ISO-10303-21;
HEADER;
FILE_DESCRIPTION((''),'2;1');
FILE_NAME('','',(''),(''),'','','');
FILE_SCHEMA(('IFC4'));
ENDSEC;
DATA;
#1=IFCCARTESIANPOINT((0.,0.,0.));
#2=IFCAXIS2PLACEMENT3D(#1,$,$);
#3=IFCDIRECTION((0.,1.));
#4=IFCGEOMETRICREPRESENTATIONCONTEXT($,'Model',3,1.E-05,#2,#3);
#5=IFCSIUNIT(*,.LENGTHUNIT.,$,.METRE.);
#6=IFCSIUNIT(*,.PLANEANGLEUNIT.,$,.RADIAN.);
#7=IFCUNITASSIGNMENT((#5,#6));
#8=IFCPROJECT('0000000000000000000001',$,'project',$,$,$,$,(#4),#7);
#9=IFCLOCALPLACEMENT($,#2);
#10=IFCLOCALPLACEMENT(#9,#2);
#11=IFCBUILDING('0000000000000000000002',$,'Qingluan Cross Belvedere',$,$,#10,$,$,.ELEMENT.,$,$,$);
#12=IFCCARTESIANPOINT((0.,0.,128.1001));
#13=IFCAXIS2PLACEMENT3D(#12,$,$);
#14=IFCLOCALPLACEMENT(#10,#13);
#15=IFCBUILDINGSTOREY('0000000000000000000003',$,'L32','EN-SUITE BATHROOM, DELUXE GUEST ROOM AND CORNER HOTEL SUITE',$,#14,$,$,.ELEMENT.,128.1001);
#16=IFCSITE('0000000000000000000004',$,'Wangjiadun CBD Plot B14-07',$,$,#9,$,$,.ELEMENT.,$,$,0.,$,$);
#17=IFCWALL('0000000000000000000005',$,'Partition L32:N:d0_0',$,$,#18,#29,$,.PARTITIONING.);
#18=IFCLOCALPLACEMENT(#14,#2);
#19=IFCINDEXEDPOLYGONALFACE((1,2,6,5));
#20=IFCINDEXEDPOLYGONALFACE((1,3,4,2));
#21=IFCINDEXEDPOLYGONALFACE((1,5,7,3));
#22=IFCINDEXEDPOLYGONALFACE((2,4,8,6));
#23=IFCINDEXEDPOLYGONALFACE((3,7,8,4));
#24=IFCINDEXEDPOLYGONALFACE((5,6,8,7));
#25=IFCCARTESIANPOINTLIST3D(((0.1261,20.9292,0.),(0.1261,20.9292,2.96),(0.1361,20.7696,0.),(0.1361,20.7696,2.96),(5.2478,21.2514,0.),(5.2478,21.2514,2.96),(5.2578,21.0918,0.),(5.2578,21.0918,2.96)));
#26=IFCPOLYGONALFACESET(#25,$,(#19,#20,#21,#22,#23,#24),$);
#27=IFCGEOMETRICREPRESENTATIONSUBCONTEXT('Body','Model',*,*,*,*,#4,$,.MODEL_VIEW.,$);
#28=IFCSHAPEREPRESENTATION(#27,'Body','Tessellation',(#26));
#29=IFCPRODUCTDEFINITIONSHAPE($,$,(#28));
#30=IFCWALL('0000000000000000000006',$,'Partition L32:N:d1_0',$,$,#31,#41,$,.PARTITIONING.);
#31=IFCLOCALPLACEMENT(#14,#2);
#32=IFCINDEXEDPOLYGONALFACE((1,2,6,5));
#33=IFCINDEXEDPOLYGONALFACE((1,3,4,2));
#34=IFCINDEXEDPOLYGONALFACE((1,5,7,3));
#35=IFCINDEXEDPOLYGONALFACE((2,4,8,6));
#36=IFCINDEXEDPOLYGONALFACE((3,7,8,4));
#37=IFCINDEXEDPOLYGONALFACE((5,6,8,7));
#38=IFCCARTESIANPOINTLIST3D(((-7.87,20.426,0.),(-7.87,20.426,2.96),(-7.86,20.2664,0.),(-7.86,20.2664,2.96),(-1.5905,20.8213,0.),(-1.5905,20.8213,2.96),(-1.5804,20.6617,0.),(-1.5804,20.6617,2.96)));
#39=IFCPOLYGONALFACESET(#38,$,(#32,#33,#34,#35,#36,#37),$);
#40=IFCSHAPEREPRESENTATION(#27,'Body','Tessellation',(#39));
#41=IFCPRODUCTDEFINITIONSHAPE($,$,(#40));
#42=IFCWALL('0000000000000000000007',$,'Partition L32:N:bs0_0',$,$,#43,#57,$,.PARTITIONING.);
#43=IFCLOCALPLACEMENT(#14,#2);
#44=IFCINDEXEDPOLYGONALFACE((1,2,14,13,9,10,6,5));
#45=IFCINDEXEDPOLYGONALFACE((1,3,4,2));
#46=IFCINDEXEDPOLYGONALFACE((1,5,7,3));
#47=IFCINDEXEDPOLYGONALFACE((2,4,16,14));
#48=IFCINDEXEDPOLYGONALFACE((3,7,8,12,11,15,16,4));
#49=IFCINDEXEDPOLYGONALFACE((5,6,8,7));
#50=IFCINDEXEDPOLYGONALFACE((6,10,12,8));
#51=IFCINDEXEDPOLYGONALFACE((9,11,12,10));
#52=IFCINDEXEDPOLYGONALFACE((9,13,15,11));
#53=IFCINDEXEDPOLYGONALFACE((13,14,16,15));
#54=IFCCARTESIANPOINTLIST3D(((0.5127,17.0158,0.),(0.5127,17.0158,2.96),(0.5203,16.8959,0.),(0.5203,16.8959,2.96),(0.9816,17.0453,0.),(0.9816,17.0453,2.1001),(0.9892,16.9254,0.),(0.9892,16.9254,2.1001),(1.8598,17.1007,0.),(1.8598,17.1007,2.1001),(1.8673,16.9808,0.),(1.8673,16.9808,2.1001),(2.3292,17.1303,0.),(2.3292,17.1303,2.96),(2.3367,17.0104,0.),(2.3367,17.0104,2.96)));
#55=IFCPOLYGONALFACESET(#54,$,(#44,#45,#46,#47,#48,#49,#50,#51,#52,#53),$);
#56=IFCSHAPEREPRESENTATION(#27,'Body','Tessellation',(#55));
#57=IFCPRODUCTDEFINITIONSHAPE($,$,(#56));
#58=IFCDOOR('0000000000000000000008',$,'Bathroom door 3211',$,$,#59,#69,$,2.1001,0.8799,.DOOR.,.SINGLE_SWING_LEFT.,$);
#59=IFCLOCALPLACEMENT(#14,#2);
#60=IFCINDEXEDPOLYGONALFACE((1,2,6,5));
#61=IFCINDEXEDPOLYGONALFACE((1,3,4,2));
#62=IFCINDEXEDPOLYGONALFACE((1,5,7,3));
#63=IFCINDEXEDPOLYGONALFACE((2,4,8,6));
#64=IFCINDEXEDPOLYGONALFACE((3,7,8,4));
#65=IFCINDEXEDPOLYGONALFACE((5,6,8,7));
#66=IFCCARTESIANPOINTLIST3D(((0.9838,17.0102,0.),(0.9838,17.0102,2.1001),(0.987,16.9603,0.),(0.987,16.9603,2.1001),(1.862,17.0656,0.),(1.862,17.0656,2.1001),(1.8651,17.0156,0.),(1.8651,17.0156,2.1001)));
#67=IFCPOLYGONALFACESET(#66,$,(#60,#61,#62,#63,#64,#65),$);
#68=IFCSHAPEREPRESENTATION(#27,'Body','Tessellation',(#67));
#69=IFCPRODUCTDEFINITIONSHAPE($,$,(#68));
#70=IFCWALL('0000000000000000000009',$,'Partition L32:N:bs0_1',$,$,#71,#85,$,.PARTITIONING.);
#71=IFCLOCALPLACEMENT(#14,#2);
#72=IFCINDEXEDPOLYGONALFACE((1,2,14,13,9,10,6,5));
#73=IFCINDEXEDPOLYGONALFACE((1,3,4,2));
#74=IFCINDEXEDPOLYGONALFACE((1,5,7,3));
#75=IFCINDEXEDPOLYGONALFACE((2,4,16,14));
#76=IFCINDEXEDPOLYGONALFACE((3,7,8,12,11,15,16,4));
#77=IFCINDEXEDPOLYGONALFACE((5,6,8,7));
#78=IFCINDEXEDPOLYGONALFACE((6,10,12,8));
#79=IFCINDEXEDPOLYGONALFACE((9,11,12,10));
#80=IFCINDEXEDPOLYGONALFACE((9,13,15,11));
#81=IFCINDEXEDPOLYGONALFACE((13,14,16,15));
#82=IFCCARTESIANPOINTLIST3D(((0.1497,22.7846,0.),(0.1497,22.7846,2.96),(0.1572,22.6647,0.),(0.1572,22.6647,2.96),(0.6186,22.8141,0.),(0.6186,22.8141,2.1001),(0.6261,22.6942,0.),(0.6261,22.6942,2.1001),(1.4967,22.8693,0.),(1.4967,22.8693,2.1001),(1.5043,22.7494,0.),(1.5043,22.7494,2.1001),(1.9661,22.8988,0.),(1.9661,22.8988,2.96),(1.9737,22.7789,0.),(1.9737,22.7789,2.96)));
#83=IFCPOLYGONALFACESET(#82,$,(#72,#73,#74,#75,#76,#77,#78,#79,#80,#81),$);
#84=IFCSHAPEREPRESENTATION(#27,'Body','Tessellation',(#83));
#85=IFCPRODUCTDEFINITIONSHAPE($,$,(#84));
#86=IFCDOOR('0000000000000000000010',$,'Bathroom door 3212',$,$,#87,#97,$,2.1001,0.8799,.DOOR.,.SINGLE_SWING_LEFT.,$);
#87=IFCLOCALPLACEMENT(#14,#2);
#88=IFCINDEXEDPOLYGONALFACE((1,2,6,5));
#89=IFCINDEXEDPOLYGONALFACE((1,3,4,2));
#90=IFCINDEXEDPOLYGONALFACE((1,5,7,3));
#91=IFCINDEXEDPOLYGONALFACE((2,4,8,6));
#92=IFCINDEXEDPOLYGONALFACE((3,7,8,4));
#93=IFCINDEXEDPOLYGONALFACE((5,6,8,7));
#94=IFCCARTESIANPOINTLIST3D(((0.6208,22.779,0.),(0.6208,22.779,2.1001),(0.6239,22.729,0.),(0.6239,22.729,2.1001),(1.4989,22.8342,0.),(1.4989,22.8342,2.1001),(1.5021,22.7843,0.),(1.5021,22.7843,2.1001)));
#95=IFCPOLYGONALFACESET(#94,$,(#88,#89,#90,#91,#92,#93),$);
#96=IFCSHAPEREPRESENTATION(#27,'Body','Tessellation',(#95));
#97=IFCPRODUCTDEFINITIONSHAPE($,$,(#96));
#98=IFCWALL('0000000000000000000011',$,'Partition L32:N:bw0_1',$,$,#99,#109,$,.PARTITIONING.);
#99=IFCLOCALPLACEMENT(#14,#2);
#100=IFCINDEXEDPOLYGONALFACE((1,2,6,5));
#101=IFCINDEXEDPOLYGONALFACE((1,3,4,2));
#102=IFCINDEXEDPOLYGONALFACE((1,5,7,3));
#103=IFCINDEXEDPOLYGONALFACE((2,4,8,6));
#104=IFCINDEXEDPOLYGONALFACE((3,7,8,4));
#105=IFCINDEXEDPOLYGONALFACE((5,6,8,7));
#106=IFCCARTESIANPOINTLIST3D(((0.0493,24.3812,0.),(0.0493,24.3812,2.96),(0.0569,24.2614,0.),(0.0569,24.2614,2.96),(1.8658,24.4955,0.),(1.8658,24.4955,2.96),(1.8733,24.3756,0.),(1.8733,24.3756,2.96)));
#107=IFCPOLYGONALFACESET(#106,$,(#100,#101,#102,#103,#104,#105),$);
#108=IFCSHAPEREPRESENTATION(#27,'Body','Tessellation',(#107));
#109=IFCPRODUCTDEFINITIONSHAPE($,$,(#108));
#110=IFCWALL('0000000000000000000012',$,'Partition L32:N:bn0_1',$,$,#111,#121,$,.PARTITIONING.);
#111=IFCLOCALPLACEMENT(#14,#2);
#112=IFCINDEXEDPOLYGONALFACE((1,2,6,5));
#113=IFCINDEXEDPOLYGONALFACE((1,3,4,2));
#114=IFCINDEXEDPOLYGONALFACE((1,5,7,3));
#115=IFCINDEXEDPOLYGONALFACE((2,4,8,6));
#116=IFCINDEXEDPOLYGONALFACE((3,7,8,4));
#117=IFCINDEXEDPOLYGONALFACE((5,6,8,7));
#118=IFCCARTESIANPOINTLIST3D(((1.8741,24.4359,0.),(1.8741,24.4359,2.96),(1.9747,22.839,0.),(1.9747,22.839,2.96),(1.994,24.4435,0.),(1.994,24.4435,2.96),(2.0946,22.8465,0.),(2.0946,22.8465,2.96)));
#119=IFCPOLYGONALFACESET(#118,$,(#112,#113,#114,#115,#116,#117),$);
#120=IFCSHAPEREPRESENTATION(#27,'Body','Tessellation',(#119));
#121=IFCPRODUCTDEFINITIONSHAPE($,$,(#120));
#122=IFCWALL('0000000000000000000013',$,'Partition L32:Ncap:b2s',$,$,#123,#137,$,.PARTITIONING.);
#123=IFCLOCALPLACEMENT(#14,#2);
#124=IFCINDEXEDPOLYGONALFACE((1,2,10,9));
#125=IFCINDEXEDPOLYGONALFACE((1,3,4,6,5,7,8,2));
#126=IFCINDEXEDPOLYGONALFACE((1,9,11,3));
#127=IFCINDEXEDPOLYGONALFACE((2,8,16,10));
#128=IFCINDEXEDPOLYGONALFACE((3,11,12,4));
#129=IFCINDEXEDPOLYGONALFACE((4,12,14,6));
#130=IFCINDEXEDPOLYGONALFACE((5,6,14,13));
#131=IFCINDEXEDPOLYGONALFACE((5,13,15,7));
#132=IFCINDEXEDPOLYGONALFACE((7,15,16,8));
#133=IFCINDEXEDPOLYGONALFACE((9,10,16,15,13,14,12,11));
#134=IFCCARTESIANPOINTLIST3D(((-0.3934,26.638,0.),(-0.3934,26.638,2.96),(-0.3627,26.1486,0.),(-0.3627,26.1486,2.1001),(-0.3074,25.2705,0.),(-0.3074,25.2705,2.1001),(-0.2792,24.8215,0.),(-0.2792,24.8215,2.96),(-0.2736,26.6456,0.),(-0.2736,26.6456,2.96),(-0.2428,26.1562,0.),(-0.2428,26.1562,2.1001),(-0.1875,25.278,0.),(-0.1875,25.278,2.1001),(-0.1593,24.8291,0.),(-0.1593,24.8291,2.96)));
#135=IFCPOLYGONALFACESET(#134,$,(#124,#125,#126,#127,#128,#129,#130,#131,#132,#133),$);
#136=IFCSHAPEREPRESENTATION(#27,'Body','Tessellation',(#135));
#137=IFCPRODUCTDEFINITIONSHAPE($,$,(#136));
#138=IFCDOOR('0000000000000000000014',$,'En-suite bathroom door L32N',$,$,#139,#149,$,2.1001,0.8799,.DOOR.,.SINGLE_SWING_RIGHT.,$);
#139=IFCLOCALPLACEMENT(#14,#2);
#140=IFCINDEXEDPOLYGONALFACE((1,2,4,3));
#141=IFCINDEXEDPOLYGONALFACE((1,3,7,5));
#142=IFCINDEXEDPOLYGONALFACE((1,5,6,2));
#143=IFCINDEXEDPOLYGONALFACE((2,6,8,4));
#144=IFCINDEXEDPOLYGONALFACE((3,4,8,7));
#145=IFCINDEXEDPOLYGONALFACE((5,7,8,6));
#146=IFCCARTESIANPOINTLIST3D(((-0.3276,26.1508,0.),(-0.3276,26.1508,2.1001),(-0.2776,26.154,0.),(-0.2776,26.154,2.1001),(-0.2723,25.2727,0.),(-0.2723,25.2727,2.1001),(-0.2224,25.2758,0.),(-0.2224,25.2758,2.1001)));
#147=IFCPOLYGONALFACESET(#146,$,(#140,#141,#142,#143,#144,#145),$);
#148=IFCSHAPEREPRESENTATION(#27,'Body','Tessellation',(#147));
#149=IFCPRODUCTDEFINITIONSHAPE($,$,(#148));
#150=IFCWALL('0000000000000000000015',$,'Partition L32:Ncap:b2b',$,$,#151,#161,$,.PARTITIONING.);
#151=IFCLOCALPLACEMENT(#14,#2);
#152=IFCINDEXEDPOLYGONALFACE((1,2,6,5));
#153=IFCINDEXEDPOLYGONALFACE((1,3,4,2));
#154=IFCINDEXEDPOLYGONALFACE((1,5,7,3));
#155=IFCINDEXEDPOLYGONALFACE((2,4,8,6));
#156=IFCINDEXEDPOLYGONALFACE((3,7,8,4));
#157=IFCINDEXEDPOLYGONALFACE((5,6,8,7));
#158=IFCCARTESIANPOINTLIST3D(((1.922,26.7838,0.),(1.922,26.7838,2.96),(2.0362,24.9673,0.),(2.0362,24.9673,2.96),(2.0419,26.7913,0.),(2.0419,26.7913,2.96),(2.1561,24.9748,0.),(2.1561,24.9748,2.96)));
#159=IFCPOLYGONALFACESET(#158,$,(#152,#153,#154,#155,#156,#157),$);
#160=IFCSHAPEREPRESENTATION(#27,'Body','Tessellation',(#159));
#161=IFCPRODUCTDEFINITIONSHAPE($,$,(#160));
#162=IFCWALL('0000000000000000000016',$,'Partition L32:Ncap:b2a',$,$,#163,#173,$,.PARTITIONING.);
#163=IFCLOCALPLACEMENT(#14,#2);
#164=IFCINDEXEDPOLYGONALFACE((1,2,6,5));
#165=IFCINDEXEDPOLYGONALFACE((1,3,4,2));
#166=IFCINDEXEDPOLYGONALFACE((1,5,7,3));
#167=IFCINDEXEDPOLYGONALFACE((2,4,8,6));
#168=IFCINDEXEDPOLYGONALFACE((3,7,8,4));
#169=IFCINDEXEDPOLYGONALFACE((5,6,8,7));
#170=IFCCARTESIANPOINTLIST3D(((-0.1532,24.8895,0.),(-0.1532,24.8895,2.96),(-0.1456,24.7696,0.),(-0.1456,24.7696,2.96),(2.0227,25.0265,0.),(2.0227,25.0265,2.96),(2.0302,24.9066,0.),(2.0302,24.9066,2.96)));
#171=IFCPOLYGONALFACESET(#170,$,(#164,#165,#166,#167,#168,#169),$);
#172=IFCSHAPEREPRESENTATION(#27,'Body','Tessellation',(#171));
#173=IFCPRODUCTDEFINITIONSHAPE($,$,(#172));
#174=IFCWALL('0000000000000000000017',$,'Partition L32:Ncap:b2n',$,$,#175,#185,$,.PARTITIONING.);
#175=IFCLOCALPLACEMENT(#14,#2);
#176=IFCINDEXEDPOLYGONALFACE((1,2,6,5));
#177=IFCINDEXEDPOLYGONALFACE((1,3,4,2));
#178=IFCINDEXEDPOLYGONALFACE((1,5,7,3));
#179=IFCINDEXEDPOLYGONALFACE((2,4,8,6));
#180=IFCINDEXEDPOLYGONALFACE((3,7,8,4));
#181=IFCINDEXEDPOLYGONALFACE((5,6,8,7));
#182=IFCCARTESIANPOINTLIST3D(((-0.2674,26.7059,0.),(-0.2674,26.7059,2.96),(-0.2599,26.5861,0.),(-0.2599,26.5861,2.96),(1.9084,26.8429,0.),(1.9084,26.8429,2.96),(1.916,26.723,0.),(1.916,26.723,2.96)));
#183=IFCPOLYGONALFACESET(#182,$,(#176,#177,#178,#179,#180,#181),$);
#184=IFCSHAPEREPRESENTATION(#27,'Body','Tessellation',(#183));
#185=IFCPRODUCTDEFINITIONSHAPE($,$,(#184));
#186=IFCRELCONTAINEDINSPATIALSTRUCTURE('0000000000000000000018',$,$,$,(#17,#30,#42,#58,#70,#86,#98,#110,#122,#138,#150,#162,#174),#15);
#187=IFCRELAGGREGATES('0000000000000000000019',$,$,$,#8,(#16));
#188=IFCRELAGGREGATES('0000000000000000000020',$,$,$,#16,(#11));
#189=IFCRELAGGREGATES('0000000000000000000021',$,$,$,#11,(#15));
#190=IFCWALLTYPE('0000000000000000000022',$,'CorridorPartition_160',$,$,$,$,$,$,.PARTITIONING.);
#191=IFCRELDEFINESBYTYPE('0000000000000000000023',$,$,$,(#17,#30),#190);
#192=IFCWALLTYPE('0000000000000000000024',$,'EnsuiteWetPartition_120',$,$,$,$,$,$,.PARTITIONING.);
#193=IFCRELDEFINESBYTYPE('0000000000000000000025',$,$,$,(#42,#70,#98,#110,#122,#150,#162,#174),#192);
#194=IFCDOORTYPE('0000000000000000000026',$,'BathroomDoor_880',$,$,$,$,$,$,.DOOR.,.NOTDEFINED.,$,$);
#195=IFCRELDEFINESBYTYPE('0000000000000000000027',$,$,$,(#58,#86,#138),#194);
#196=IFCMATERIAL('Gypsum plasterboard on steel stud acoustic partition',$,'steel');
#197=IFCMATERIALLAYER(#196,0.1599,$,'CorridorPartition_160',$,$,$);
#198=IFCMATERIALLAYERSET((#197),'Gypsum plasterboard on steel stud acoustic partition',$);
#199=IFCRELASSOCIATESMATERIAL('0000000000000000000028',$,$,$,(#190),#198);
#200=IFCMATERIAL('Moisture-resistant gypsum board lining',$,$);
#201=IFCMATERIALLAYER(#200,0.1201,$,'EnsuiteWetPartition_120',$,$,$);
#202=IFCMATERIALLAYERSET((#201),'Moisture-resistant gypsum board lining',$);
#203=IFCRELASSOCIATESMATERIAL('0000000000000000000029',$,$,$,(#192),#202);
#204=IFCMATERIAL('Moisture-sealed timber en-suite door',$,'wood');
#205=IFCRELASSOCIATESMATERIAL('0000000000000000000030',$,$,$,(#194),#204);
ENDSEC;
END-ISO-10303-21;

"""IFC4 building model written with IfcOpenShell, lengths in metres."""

from ifc_helpers import new_model, si_unit, direction, frame, frame_2d, origin, place, context, subcontext, project, spatial, rectangle, extrude, material, layer, layer_set, type_object, element, fill, save


model = new_model("IFC4")

# Units and contexts
model_context = context("Model", 3, precision=1e-05, world=origin(), true_north=direction((0.0, 1.0)))
body_context = subcontext(model_context, "Body", "Model", "MODEL_VIEW")
ifc_project = project(units=[si_unit("LENGTHUNIT", "METRE"), si_unit("PLANEANGLEUNIT", "RADIAN")], contexts=[model_context])

# Site, building, storey
site_placement = place(None, origin())
site = spatial("IfcSite", under=ifc_project, at=site_placement, Name="Wangjiadun CBD Plot B14-07", CompositionType="ELEMENT", RefElevation=0.0)
building_placement = place(site_placement, origin())
building = spatial("IfcBuilding", under=site, at=building_placement, Name="Qingluan Cross Belvedere", CompositionType="ELEMENT")
storey_placement = place(building_placement, frame((0.0, 0.0, 128.1001)))
storey = spatial("IfcBuildingStorey", under=building, at=storey_placement, Name="L32", Description="EN-SUITE BATHROOM, DELUXE GUEST ROOM AND CORNER HOTEL SUITE", CompositionType="ELEMENT", Elevation=128.1001)

# Walls
ifc_material_1 = material(Name="Gypsum plasterboard on steel stud acoustic partition", Category="steel")
ifc_layer_1 = layer(ifc_material_1, 0.1599, Name="CorridorPartition_160")
ifc_layer_set_1 = layer_set([ifc_layer_1], Name="Gypsum plasterboard on steel stud acoustic partition")
wall_type_1 = type_object("IfcWallType", Name="CorridorPartition_160", PredefinedType="PARTITIONING", material=ifc_layer_set_1)
wall_1_placement = place(storey_placement, frame((0.1311, 20.8494, 0.0), z_axis=(0.0, 0.0, 1.0), x_axis=(0.998026, 0.062796, 0.0)))
element("IfcWall", 1, at=wall_1_placement, inside=storey, type_object=wall_type_1, Name="Partition L32:N:d0_0", PredefinedType="PARTITIONING", context=body_context, shape_type="SweptSolid", body=[
    extrude(rectangle(XDim=5.1318, YDim=0.1599, at=frame_2d((2.5659, 0.0))), origin(), (0.0, 0.0, 1.0), 2.96),
])
wall_2_placement = place(storey_placement, frame((-1.5854, 20.7415, 0.0), z_axis=(0.0, 0.0, 1.0), x_axis=(-0.998025, -0.06282, 0.0)))
element("IfcWall", 2, at=wall_2_placement, inside=storey, type_object=wall_type_1, Name="Partition L32:N:d1_0", PredefinedType="PARTITIONING", context=body_context, shape_type="SweptSolid", body=[
    extrude(rectangle(XDim=6.292, YDim=0.1599, at=frame_2d((3.146, 0.0))), origin(), (0.0, 0.0, 1.0), 2.96),
])

# Walls, openings, doors
ifc_material_2 = material(Name="Moisture-resistant gypsum board lining")
ifc_layer_2 = layer(ifc_material_2, 0.1201, Name="EnsuiteWetPartition_120")
ifc_layer_set_2 = layer_set([ifc_layer_2], Name="Moisture-resistant gypsum board lining")
wall_type_2 = type_object("IfcWallType", Name="EnsuiteWetPartition_120", PredefinedType="PARTITIONING", material=ifc_layer_set_2)
wall_3_placement = place(storey_placement, frame((0.5164, 16.9558, 0.0), z_axis=(0.0, 0.0, 1.0), x_axis=(0.998019, 0.062913, 0.0)))
wall_3 = element("IfcWall", 3, at=wall_3_placement, inside=storey, type_object=wall_type_2, Name="Partition L32:N:bs0_0", PredefinedType="PARTITIONING", context=body_context, shape_type="SweptSolid", body=[
    extrude(rectangle(XDim=1.8201, YDim=0.1201, at=frame_2d((0.9102, 0.0))), origin(), (0.0, 0.0, 1.0), 2.96),
])
opening_1_placement = place(wall_3_placement, frame((0.47, 0.0, 0.0)))
opening_1 = element("IfcOpeningElement", 4, at=opening_1_placement, cuts=wall_3, PredefinedType="OPENING", context=body_context, shape_type="SweptSolid", body=[
    extrude(rectangle(XDim=0.8799, YDim=2.1001, at=frame_2d((0.4399, 1.05))), frame((0.0, 0.0701, 0.0), z_axis=(0.0, -1.0, 0.0), x_axis=(1.0, 0.0, 0.0)), (0.0, 0.0, 1.0), 0.1401),
])
ifc_material_3 = material(Name="Moisture-sealed timber en-suite door", Category="wood")
door_type = type_object("IfcDoorType", Name="BathroomDoor_880", OperationType="NOTDEFINED", PredefinedType="DOOR", material=ifc_material_3)
door_1_placement = place(opening_1_placement, origin())
door_1 = element("IfcDoor", 5, at=door_1_placement, inside=storey, type_object=door_type, Name="Bathroom door 3211", OperationType="SINGLE_SWING_LEFT", OverallHeight=2.1001, OverallWidth=0.8799, PredefinedType="DOOR", context=body_context, shape_type="SweptSolid", body=[
    extrude(rectangle(XDim=0.8799, YDim=2.1001, at=frame_2d((0.4399, 1.05))), frame((0.0, 0.0249, 0.0), z_axis=(0.0, -1.0, 0.0), x_axis=(1.0, 0.0, 0.0)), (0.0, 0.0, 1.0), 0.05),
])
fill(opening_1, door_1)
wall_4_placement = place(storey_placement, frame((0.1533, 22.7246, 0.0), z_axis=(0.0, 0.0, 1.0), x_axis=(0.998027, 0.062779, 0.0)))
wall_4 = element("IfcWall", 6, at=wall_4_placement, inside=storey, type_object=wall_type_2, Name="Partition L32:N:bs0_1", PredefinedType="PARTITIONING", context=body_context, shape_type="SweptSolid", body=[
    extrude(rectangle(XDim=1.8201, YDim=0.1201, at=frame_2d((0.9102, 0.0))), origin(), (0.0, 0.0, 1.0), 2.96),
])
opening_2_placement = place(wall_4_placement, frame((0.47, 0.0, 0.0)))
opening_2 = element("IfcOpeningElement", 7, at=opening_2_placement, cuts=wall_4, PredefinedType="OPENING", context=body_context, shape_type="SweptSolid", body=[
    extrude(rectangle(XDim=0.8799, YDim=2.1001, at=frame_2d((0.4399, 1.05))), frame((0.0, 0.0701, 0.0), z_axis=(0.0, -1.0, 0.0), x_axis=(1.0, 0.0, 0.0)), (0.0, 0.0, 1.0), 0.1401),
])
door_2_placement = place(opening_2_placement, origin())
door_2 = element("IfcDoor", 8, at=door_2_placement, inside=storey, type_object=door_type, Name="Bathroom door 3212", OperationType="SINGLE_SWING_LEFT", OverallHeight=2.1001, OverallWidth=0.8799, PredefinedType="DOOR", context=body_context, shape_type="SweptSolid", body=[
    extrude(rectangle(XDim=0.8799, YDim=2.1001, at=frame_2d((0.4399, 1.05))), frame((0.0, 0.0249, 0.0), z_axis=(0.0, -1.0, 0.0), x_axis=(1.0, 0.0, 0.0)), (0.0, 0.0, 1.0), 0.05),
])
fill(opening_2, door_2)

# Walls
wall_5_placement = place(storey_placement, frame((0.053, 24.3213, 0.0), z_axis=(0.0, 0.0, 1.0), x_axis=(0.998027, 0.062779, 0.0)))
element("IfcWall", 9, at=wall_5_placement, inside=storey, type_object=wall_type_2, Name="Partition L32:N:bw0_1", PredefinedType="PARTITIONING", context=body_context, shape_type="SweptSolid", body=[
    extrude(rectangle(XDim=1.8201, YDim=0.1201, at=frame_2d((0.9102, 0.0))), origin(), (0.0, 0.0, 1.0), 2.96),
])
wall_6_placement = place(storey_placement, frame((2.0347, 22.8428, 0.0), z_axis=(0.0, 0.0, 1.0), x_axis=(-0.062863, 0.998022, 0.0)))
element("IfcWall", 10, at=wall_6_placement, inside=storey, type_object=wall_type_2, Name="Partition L32:N:bn0_1", PredefinedType="PARTITIONING", context=body_context, shape_type="SweptSolid", body=[
    extrude(rectangle(XDim=1.6001, YDim=0.1201, at=frame_2d((0.8, 0.0))), origin(), (0.0, 0.0, 1.0), 2.96),
])

# Wall, opening, door
wall_7_placement = place(storey_placement, frame((-0.2192, 24.8252, 0.0), z_axis=(0.0, 0.0, 1.0), x_axis=(-0.062779, 0.998027, 0.0)))
wall_7 = element("IfcWall", 11, at=wall_7_placement, inside=storey, type_object=wall_type_2, Name="Partition L32:Ncap:b2s", PredefinedType="PARTITIONING", context=body_context, shape_type="SweptSolid", body=[
    extrude(rectangle(XDim=1.8201, YDim=0.1201, at=frame_2d((0.9102, 0.0))), origin(), (0.0, 0.0, 1.0), 2.96),
])
opening_3_placement = place(wall_7_placement, frame((0.45, 0.0, 0.0)))
opening_3 = element("IfcOpeningElement", 12, at=opening_3_placement, cuts=wall_7, PredefinedType="OPENING", context=body_context, shape_type="SweptSolid", body=[
    extrude(rectangle(XDim=0.8799, YDim=2.1001, at=frame_2d((0.4399, 1.05))), frame((0.0, 0.0701, 0.0), z_axis=(0.0, -1.0, 0.0), x_axis=(1.0, 0.0, 0.0)), (0.0, 0.0, 1.0), 0.1401),
])
door_3_placement = place(opening_3_placement, origin())
door_3 = element("IfcDoor", 13, at=door_3_placement, inside=storey, type_object=door_type, Name="En-suite bathroom door L32N", OperationType="SINGLE_SWING_RIGHT", OverallHeight=2.1001, OverallWidth=0.8799, PredefinedType="DOOR", context=body_context, shape_type="SweptSolid", body=[
    extrude(rectangle(XDim=0.8799, YDim=2.1001, at=frame_2d((0.4399, 1.05))), frame((0.0, 0.0249, 0.0), z_axis=(0.0, -1.0, 0.0), x_axis=(1.0, 0.0, 0.0)), (0.0, 0.0, 1.0), 0.05),
])
fill(opening_3, door_3)

# Walls
wall_8_placement = place(storey_placement, frame((2.0962, 24.9709, 0.0), z_axis=(0.0, 0.0, 1.0), x_axis=(-0.062779, 0.998027, 0.0)))
element("IfcWall", 14, at=wall_8_placement, inside=storey, type_object=wall_type_2, Name="Partition L32:Ncap:b2b", PredefinedType="PARTITIONING", context=body_context, shape_type="SweptSolid", body=[
    extrude(rectangle(XDim=1.8201, YDim=0.1201, at=frame_2d((0.9102, 0.0))), origin(), (0.0, 0.0, 1.0), 2.96),
])
for number, where, z_axis, x_axis, name in (
    (15, (-0.1494, 24.8296, 0.0), (0.0, 0.0, 1.0), (0.998025, 0.062824, 0.0), "Partition L32:Ncap:b2a"),
    (16, (-0.2637, 26.646, 0.0), (0.0, 0.0, 1.0), (0.998025, 0.062824, 0.0), "Partition L32:Ncap:b2n"),
):
    element("IfcWall", number, at=place(storey_placement, frame(where, z_axis=z_axis, x_axis=x_axis)), inside=storey, type_object=wall_type_2, Name=name, PredefinedType="PARTITIONING", context=body_context, shape_type="SweptSolid", body=[
        extrude(rectangle(XDim=2.1802, YDim=0.1201, at=frame_2d((1.0901, 0.0))), origin(), (0.0, 0.0, 1.0), 2.96),
    ])

save(model, "model.ifc")
